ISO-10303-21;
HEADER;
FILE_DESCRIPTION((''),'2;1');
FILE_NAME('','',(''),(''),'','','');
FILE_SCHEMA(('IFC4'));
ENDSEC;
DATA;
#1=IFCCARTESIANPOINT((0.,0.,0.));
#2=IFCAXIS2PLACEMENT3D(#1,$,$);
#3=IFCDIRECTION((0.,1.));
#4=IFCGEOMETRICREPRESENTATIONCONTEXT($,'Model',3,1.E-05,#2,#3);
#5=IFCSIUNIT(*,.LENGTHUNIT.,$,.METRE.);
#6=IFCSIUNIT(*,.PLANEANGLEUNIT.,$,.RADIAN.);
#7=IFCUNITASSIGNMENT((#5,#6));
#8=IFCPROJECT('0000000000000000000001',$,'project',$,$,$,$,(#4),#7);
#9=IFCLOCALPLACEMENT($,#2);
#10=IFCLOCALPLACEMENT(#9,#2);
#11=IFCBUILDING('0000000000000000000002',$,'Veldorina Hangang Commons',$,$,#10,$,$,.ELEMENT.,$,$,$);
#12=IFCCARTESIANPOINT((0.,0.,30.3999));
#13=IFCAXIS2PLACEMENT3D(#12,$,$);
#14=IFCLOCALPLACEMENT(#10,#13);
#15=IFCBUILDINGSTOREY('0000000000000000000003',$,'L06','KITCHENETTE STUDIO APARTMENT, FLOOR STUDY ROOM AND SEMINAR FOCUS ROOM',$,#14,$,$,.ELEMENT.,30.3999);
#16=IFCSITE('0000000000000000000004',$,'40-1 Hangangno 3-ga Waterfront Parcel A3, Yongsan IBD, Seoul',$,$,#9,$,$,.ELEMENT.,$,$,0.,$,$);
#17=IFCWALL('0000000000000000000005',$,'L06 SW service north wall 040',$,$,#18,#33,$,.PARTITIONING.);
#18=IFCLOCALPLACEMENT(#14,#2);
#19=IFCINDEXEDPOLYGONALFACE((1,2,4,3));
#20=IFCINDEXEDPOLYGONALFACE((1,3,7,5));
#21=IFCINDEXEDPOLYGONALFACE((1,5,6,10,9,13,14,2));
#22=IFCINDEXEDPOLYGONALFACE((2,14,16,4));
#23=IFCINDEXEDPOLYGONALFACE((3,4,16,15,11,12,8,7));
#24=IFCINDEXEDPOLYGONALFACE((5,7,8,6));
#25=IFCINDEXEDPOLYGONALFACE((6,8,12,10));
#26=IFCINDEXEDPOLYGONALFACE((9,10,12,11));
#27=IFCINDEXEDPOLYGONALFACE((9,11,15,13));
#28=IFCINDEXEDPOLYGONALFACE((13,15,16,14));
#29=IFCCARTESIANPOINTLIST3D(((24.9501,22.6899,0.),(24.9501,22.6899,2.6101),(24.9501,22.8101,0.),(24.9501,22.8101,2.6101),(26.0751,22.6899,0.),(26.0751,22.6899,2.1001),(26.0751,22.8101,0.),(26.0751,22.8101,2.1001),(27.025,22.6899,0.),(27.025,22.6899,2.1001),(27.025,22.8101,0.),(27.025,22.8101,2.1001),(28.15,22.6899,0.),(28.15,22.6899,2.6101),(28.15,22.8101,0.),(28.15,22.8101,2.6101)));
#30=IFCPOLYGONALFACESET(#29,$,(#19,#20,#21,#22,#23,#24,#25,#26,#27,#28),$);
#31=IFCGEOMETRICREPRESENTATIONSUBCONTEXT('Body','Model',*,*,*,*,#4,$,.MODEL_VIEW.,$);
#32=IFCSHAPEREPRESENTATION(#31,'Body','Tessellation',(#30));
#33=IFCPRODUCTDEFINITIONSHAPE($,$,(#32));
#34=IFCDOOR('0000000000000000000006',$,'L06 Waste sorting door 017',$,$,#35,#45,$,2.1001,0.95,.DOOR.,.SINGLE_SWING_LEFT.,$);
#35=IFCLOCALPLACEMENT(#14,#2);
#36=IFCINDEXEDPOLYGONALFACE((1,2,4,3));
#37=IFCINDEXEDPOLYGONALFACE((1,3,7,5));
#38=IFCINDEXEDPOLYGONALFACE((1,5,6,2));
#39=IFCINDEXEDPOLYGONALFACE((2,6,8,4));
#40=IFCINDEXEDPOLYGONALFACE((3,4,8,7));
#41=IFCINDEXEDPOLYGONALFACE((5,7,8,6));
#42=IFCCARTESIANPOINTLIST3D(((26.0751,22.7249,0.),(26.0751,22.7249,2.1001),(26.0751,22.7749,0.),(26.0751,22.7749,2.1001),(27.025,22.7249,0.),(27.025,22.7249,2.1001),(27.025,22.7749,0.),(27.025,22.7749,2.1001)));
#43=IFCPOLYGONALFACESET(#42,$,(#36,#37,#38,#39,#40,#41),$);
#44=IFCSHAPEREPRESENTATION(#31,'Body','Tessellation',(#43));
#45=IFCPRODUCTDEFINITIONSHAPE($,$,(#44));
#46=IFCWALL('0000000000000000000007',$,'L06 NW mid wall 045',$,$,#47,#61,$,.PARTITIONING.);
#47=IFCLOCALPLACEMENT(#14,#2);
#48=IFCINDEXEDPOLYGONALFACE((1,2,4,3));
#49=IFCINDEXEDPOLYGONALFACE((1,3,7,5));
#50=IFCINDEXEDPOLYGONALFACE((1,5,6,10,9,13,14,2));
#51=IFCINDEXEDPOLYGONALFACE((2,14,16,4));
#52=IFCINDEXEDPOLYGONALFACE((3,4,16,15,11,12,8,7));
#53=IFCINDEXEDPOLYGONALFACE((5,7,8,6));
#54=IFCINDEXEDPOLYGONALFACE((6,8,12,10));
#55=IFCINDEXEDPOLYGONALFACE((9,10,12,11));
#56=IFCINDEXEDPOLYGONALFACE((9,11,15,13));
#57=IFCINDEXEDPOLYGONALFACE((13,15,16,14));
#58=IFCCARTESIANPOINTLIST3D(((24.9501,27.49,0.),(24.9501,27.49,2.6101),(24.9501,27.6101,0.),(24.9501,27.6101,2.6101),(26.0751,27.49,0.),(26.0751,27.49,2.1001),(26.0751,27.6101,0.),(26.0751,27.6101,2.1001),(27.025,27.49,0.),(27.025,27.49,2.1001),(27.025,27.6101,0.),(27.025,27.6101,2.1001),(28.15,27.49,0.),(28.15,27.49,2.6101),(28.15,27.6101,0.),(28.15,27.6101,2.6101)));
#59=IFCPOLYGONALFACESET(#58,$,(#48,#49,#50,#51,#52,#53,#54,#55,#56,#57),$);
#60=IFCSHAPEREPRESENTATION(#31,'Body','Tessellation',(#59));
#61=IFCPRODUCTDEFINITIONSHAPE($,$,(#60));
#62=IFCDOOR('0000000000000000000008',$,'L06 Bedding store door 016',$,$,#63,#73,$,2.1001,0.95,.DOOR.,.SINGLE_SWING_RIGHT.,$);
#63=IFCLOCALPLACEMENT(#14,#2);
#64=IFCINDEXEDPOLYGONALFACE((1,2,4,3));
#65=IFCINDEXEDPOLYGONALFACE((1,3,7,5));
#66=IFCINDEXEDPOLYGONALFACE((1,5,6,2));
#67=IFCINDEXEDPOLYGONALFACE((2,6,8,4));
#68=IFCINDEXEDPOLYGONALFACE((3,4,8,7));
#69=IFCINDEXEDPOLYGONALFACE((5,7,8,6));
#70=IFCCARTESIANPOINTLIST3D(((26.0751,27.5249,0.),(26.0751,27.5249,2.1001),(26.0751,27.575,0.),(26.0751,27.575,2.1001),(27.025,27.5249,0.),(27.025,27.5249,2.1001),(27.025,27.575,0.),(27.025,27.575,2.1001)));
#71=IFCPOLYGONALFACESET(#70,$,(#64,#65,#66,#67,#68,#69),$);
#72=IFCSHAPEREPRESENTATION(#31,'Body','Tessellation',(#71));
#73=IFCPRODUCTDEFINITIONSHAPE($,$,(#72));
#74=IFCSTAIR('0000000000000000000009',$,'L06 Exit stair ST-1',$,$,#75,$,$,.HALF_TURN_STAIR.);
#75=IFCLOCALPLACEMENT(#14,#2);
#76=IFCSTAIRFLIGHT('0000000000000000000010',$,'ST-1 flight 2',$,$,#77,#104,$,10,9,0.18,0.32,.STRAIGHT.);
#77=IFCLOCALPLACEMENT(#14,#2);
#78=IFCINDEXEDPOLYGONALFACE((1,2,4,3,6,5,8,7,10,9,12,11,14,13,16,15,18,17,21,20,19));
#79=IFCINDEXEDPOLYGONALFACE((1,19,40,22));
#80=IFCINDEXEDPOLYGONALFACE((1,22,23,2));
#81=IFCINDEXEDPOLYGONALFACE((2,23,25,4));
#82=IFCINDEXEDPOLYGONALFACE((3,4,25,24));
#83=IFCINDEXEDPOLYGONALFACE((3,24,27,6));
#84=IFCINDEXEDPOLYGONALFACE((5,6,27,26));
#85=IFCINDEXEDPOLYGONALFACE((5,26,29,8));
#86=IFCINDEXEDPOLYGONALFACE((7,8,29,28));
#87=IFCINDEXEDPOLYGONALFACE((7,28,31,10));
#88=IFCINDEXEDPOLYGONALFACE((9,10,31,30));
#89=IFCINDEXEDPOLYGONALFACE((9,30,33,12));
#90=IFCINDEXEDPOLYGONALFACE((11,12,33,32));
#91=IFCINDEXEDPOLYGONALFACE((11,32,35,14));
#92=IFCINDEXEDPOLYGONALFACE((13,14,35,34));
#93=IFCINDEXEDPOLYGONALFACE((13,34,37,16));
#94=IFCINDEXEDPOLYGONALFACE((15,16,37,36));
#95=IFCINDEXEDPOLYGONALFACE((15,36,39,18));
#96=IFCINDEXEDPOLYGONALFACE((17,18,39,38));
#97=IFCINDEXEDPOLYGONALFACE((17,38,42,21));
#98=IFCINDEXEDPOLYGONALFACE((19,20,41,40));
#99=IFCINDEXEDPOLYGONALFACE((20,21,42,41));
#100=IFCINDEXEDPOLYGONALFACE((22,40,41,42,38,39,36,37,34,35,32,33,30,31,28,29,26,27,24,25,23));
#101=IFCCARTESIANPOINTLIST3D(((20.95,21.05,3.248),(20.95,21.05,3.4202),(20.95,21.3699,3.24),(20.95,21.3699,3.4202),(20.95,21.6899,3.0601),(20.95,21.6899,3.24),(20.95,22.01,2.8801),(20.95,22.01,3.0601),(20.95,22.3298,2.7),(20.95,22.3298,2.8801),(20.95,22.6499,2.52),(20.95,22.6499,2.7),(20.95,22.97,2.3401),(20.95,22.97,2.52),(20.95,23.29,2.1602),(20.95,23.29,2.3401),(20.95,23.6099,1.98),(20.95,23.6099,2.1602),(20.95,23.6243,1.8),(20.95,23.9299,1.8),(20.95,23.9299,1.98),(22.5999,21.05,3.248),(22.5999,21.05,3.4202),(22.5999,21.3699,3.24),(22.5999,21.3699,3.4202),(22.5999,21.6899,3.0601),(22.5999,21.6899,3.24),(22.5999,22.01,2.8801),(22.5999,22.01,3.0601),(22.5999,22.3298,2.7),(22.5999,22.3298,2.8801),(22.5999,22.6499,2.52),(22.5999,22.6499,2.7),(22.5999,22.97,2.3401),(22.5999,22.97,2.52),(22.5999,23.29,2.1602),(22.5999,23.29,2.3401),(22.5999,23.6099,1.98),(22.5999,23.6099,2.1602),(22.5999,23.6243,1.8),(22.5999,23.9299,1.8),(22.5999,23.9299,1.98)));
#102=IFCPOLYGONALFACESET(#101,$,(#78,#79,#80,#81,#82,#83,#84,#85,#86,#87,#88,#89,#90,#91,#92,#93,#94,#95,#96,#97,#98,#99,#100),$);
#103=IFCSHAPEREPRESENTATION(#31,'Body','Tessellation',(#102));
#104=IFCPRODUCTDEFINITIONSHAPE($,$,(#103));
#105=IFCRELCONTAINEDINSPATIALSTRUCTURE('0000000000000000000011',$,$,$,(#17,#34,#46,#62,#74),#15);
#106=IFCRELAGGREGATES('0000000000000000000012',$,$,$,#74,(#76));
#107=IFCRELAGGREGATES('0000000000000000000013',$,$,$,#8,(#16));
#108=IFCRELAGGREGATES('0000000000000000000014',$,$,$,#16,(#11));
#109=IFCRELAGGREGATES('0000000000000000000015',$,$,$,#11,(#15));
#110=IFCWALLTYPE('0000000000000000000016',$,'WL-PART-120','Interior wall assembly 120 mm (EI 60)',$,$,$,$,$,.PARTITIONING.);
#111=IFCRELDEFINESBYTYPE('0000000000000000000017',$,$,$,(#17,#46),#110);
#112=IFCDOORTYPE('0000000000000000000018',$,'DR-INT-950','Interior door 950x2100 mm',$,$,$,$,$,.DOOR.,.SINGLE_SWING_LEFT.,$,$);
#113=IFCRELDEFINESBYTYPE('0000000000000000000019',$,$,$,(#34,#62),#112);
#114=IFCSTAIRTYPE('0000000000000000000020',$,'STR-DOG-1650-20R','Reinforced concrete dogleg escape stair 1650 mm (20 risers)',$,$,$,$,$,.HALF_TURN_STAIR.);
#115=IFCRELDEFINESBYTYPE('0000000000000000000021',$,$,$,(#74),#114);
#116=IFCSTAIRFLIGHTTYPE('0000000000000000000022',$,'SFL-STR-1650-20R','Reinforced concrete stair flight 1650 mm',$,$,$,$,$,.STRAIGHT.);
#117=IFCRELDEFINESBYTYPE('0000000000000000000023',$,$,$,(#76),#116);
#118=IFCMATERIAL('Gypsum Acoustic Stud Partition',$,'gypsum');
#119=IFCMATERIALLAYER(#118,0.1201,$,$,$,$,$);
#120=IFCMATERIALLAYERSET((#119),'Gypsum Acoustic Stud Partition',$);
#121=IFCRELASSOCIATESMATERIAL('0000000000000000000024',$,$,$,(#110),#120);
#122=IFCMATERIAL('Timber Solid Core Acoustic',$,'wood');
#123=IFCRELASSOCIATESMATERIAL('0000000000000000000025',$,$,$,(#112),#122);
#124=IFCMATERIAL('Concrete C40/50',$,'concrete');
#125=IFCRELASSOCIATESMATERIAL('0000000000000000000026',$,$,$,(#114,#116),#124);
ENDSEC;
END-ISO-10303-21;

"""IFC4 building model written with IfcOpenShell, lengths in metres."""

from ifc_helpers import new_model, si_unit, direction, frame, frame_2d, origin, place, context, subcontext, project, spatial, polyline, rectangle, outline, extrude, material, layer, layer_set, type_object, element, fill, aggregate, save


model = new_model("IFC4")

# Units and contexts
model_context = context("Model", 3, precision=1e-05, world=origin(), true_north=direction((0.0, 1.0)))
body_context = subcontext(model_context, "Body", "Model", "MODEL_VIEW")
ifc_project = project(units=[si_unit("LENGTHUNIT", "METRE"), si_unit("PLANEANGLEUNIT", "RADIAN")], contexts=[model_context])

# Site, building, storey
site_placement = place(None, origin())
site = spatial("IfcSite", under=ifc_project, at=site_placement, Name="40-1 Hangangno 3-ga Waterfront Parcel A3, Yongsan IBD, Seoul", CompositionType="ELEMENT", RefElevation=0.0)
building_placement = place(site_placement, origin())
building = spatial("IfcBuilding", under=site, at=building_placement, Name="Veldorina Hangang Commons", CompositionType="ELEMENT")
storey_placement = place(building_placement, frame((0.0, 0.0, 30.3999)))
storey = spatial("IfcBuildingStorey", under=building, at=storey_placement, Name="L06", Description="KITCHENETTE STUDIO APARTMENT, FLOOR STUDY ROOM AND SEMINAR FOCUS ROOM", CompositionType="ELEMENT", Elevation=30.3999)

# Walls, openings, doors
ifc_material_1 = material(Name="Gypsum Acoustic Stud Partition", Category="gypsum")
ifc_layer_1 = layer(ifc_material_1, 0.1201)
ifc_layer_set_1 = layer_set([ifc_layer_1], Name="Gypsum Acoustic Stud Partition")
wall_type_1 = type_object("IfcWallType", Name="WL-PART-120", Description="Interior wall assembly 120 mm (EI 60)", PredefinedType="PARTITIONING", material=ifc_layer_set_1)
ifc_material_2 = material(Name="Timber Solid Core Acoustic", Category="wood")
door_type_1 = type_object("IfcDoorType", Name="DR-INT-950", Description="Interior door 950x2100 mm", OperationType="SINGLE_SWING_LEFT", PredefinedType="DOOR", material=ifc_material_2)
wall_1_placement = place(storey_placement, frame((24.95, 22.75, 0.0), z_axis=(0.0, 0.0, 1.0), x_axis=(1.0, 0.0, 0.0)))
wall_1 = element("IfcWall", 1, at=wall_1_placement, inside=storey, type_object=wall_type_1, Name="L06 SW service north wall 040", PredefinedType="PARTITIONING", context=body_context, shape_type="SweptSolid", body=[
    extrude(rectangle(XDim=3.2, YDim=0.1201, at=frame_2d((1.6001, 0.0))), origin(), (0.0, 0.0, 1.0), 2.6101),
])
opening_1_placement = place(wall_1_placement, frame((1.125, 0.0, 0.0)))
opening_1 = element("IfcOpeningElement", 2, at=opening_1_placement, cuts=wall_1, PredefinedType="OPENING", context=body_context, shape_type="SweptSolid", body=[
    extrude(rectangle(XDim=0.95, YDim=2.1001, at=frame_2d((0.4751, 1.05))), frame((0.0, 0.0701, 0.0), z_axis=(0.0, -1.0, 0.0), x_axis=(1.0, 0.0, 0.0)), (0.0, 0.0, 1.0), 0.1401),
])
door_1_placement = place(opening_1_placement, origin())
door_1 = element("IfcDoor", 3, at=door_1_placement, inside=storey, type_object=door_type_1, Name="L06 Waste sorting door 017", OperationType="SINGLE_SWING_LEFT", OverallHeight=2.1001, OverallWidth=0.95, PredefinedType="DOOR", context=body_context, shape_type="SweptSolid", body=[
    extrude(rectangle(XDim=0.95, YDim=2.1001, at=frame_2d((0.4751, 1.05))), frame((0.0, 0.0249, 0.0), z_axis=(0.0, -1.0, 0.0), x_axis=(1.0, 0.0, 0.0)), (0.0, 0.0, 1.0), 0.05),
])
fill(opening_1, door_1)
wall_2_placement = place(storey_placement, frame((24.95, 27.55, 0.0), z_axis=(0.0, 0.0, 1.0), x_axis=(1.0, 0.0, 0.0)))
wall_2 = element("IfcWall", 4, at=wall_2_placement, inside=storey, type_object=wall_type_1, Name="L06 NW mid wall 045", PredefinedType="PARTITIONING", context=body_context, shape_type="SweptSolid", body=[
    extrude(rectangle(XDim=3.2, YDim=0.1201, at=frame_2d((1.6001, 0.0))), origin(), (0.0, 0.0, 1.0), 2.6101),
])
opening_2_placement = place(wall_2_placement, frame((1.125, 0.0, 0.0)))
opening_2 = element("IfcOpeningElement", 5, at=opening_2_placement, cuts=wall_2, PredefinedType="OPENING", context=body_context, shape_type="SweptSolid", body=[
    extrude(rectangle(XDim=0.95, YDim=2.1001, at=frame_2d((0.4751, 1.05))), frame((0.0, 0.0701, 0.0), z_axis=(0.0, -1.0, 0.0), x_axis=(1.0, 0.0, 0.0)), (0.0, 0.0, 1.0), 0.1401),
])
door_2_placement = place(opening_2_placement, origin())
door_2 = element("IfcDoor", 6, at=door_2_placement, inside=storey, type_object=door_type_1, Name="L06 Bedding store door 016", OperationType="SINGLE_SWING_RIGHT", OverallHeight=2.1001, OverallWidth=0.95, PredefinedType="DOOR", context=body_context, shape_type="SweptSolid", body=[
    extrude(rectangle(XDim=0.95, YDim=2.1001, at=frame_2d((0.4751, 1.05))), frame((0.0, 0.0249, 0.0), z_axis=(0.0, -1.0, 0.0), x_axis=(1.0, 0.0, 0.0)), (0.0, 0.0, 1.0), 0.05),
])
fill(opening_2, door_2)

# Stair, stair flight
ifc_material_3 = material(Name="Concrete C40/50", Category="concrete")
stair_type = type_object("IfcStairType", Name="STR-DOG-1650-20R", Description="Reinforced concrete dogleg escape stair 1650 mm (20 risers)", PredefinedType="HALF_TURN_STAIR", material=ifc_material_3)
stair_placement = place(storey_placement, origin())
stair = element("IfcStair", 7, at=stair_placement, inside=storey, type_object=stair_type, Name="L06 Exit stair ST-1", PredefinedType="HALF_TURN_STAIR")
stair_flight_type = type_object("IfcStairFlightType", Name="SFL-STR-1650-20R", Description="Reinforced concrete stair flight 1650 mm", PredefinedType="STRAIGHT", material=ifc_material_3)
stair_flight_placement = place(storey_placement, frame((21.7749, 23.9299, 1.8), z_axis=(0.0, 0.0, 1.0), x_axis=(0.0, -1.0, 0.0)))
stair_flight = element("IfcStairFlight", 8, at=stair_flight_placement, type_object=stair_flight_type, Name="ST-1 flight 2", NumberOfRisers=10, NumberOfTreads=9, PredefinedType="STRAIGHT", RiserHeight=0.18, TreadLength=0.32, context=body_context, shape_type="SweptSolid", body=[
    extrude(outline(polyline([(0.0, 0.0), (0.0, 0.1799), (0.3201, 0.1799), (0.3201, 0.3601), (0.6399, 0.3601), (0.6399, 0.54), (0.96, 0.54), (0.96, 0.72), (1.28, 0.72), (1.28, 0.8999), (1.6001, 0.8999), (1.6001, 1.0801), (1.9199, 1.0801), (1.9199, 1.26), (2.24, 1.26), (2.24, 1.4399), (2.5601, 1.4399), (2.5601, 1.6201), (2.8799, 1.6201), (2.8799, 1.8), (2.8799, 1.448), (0.3057, 0.0), (0.0, 0.0)])), frame((0.0, 0.825, 0.0), z_axis=(0.0, -1.0, 0.0), x_axis=(1.0, 0.0, 0.0)), (0.0, 0.0, 1.0), 1.6499),
])
aggregate(stair, [stair_flight])

save(model, "model.ifc")
